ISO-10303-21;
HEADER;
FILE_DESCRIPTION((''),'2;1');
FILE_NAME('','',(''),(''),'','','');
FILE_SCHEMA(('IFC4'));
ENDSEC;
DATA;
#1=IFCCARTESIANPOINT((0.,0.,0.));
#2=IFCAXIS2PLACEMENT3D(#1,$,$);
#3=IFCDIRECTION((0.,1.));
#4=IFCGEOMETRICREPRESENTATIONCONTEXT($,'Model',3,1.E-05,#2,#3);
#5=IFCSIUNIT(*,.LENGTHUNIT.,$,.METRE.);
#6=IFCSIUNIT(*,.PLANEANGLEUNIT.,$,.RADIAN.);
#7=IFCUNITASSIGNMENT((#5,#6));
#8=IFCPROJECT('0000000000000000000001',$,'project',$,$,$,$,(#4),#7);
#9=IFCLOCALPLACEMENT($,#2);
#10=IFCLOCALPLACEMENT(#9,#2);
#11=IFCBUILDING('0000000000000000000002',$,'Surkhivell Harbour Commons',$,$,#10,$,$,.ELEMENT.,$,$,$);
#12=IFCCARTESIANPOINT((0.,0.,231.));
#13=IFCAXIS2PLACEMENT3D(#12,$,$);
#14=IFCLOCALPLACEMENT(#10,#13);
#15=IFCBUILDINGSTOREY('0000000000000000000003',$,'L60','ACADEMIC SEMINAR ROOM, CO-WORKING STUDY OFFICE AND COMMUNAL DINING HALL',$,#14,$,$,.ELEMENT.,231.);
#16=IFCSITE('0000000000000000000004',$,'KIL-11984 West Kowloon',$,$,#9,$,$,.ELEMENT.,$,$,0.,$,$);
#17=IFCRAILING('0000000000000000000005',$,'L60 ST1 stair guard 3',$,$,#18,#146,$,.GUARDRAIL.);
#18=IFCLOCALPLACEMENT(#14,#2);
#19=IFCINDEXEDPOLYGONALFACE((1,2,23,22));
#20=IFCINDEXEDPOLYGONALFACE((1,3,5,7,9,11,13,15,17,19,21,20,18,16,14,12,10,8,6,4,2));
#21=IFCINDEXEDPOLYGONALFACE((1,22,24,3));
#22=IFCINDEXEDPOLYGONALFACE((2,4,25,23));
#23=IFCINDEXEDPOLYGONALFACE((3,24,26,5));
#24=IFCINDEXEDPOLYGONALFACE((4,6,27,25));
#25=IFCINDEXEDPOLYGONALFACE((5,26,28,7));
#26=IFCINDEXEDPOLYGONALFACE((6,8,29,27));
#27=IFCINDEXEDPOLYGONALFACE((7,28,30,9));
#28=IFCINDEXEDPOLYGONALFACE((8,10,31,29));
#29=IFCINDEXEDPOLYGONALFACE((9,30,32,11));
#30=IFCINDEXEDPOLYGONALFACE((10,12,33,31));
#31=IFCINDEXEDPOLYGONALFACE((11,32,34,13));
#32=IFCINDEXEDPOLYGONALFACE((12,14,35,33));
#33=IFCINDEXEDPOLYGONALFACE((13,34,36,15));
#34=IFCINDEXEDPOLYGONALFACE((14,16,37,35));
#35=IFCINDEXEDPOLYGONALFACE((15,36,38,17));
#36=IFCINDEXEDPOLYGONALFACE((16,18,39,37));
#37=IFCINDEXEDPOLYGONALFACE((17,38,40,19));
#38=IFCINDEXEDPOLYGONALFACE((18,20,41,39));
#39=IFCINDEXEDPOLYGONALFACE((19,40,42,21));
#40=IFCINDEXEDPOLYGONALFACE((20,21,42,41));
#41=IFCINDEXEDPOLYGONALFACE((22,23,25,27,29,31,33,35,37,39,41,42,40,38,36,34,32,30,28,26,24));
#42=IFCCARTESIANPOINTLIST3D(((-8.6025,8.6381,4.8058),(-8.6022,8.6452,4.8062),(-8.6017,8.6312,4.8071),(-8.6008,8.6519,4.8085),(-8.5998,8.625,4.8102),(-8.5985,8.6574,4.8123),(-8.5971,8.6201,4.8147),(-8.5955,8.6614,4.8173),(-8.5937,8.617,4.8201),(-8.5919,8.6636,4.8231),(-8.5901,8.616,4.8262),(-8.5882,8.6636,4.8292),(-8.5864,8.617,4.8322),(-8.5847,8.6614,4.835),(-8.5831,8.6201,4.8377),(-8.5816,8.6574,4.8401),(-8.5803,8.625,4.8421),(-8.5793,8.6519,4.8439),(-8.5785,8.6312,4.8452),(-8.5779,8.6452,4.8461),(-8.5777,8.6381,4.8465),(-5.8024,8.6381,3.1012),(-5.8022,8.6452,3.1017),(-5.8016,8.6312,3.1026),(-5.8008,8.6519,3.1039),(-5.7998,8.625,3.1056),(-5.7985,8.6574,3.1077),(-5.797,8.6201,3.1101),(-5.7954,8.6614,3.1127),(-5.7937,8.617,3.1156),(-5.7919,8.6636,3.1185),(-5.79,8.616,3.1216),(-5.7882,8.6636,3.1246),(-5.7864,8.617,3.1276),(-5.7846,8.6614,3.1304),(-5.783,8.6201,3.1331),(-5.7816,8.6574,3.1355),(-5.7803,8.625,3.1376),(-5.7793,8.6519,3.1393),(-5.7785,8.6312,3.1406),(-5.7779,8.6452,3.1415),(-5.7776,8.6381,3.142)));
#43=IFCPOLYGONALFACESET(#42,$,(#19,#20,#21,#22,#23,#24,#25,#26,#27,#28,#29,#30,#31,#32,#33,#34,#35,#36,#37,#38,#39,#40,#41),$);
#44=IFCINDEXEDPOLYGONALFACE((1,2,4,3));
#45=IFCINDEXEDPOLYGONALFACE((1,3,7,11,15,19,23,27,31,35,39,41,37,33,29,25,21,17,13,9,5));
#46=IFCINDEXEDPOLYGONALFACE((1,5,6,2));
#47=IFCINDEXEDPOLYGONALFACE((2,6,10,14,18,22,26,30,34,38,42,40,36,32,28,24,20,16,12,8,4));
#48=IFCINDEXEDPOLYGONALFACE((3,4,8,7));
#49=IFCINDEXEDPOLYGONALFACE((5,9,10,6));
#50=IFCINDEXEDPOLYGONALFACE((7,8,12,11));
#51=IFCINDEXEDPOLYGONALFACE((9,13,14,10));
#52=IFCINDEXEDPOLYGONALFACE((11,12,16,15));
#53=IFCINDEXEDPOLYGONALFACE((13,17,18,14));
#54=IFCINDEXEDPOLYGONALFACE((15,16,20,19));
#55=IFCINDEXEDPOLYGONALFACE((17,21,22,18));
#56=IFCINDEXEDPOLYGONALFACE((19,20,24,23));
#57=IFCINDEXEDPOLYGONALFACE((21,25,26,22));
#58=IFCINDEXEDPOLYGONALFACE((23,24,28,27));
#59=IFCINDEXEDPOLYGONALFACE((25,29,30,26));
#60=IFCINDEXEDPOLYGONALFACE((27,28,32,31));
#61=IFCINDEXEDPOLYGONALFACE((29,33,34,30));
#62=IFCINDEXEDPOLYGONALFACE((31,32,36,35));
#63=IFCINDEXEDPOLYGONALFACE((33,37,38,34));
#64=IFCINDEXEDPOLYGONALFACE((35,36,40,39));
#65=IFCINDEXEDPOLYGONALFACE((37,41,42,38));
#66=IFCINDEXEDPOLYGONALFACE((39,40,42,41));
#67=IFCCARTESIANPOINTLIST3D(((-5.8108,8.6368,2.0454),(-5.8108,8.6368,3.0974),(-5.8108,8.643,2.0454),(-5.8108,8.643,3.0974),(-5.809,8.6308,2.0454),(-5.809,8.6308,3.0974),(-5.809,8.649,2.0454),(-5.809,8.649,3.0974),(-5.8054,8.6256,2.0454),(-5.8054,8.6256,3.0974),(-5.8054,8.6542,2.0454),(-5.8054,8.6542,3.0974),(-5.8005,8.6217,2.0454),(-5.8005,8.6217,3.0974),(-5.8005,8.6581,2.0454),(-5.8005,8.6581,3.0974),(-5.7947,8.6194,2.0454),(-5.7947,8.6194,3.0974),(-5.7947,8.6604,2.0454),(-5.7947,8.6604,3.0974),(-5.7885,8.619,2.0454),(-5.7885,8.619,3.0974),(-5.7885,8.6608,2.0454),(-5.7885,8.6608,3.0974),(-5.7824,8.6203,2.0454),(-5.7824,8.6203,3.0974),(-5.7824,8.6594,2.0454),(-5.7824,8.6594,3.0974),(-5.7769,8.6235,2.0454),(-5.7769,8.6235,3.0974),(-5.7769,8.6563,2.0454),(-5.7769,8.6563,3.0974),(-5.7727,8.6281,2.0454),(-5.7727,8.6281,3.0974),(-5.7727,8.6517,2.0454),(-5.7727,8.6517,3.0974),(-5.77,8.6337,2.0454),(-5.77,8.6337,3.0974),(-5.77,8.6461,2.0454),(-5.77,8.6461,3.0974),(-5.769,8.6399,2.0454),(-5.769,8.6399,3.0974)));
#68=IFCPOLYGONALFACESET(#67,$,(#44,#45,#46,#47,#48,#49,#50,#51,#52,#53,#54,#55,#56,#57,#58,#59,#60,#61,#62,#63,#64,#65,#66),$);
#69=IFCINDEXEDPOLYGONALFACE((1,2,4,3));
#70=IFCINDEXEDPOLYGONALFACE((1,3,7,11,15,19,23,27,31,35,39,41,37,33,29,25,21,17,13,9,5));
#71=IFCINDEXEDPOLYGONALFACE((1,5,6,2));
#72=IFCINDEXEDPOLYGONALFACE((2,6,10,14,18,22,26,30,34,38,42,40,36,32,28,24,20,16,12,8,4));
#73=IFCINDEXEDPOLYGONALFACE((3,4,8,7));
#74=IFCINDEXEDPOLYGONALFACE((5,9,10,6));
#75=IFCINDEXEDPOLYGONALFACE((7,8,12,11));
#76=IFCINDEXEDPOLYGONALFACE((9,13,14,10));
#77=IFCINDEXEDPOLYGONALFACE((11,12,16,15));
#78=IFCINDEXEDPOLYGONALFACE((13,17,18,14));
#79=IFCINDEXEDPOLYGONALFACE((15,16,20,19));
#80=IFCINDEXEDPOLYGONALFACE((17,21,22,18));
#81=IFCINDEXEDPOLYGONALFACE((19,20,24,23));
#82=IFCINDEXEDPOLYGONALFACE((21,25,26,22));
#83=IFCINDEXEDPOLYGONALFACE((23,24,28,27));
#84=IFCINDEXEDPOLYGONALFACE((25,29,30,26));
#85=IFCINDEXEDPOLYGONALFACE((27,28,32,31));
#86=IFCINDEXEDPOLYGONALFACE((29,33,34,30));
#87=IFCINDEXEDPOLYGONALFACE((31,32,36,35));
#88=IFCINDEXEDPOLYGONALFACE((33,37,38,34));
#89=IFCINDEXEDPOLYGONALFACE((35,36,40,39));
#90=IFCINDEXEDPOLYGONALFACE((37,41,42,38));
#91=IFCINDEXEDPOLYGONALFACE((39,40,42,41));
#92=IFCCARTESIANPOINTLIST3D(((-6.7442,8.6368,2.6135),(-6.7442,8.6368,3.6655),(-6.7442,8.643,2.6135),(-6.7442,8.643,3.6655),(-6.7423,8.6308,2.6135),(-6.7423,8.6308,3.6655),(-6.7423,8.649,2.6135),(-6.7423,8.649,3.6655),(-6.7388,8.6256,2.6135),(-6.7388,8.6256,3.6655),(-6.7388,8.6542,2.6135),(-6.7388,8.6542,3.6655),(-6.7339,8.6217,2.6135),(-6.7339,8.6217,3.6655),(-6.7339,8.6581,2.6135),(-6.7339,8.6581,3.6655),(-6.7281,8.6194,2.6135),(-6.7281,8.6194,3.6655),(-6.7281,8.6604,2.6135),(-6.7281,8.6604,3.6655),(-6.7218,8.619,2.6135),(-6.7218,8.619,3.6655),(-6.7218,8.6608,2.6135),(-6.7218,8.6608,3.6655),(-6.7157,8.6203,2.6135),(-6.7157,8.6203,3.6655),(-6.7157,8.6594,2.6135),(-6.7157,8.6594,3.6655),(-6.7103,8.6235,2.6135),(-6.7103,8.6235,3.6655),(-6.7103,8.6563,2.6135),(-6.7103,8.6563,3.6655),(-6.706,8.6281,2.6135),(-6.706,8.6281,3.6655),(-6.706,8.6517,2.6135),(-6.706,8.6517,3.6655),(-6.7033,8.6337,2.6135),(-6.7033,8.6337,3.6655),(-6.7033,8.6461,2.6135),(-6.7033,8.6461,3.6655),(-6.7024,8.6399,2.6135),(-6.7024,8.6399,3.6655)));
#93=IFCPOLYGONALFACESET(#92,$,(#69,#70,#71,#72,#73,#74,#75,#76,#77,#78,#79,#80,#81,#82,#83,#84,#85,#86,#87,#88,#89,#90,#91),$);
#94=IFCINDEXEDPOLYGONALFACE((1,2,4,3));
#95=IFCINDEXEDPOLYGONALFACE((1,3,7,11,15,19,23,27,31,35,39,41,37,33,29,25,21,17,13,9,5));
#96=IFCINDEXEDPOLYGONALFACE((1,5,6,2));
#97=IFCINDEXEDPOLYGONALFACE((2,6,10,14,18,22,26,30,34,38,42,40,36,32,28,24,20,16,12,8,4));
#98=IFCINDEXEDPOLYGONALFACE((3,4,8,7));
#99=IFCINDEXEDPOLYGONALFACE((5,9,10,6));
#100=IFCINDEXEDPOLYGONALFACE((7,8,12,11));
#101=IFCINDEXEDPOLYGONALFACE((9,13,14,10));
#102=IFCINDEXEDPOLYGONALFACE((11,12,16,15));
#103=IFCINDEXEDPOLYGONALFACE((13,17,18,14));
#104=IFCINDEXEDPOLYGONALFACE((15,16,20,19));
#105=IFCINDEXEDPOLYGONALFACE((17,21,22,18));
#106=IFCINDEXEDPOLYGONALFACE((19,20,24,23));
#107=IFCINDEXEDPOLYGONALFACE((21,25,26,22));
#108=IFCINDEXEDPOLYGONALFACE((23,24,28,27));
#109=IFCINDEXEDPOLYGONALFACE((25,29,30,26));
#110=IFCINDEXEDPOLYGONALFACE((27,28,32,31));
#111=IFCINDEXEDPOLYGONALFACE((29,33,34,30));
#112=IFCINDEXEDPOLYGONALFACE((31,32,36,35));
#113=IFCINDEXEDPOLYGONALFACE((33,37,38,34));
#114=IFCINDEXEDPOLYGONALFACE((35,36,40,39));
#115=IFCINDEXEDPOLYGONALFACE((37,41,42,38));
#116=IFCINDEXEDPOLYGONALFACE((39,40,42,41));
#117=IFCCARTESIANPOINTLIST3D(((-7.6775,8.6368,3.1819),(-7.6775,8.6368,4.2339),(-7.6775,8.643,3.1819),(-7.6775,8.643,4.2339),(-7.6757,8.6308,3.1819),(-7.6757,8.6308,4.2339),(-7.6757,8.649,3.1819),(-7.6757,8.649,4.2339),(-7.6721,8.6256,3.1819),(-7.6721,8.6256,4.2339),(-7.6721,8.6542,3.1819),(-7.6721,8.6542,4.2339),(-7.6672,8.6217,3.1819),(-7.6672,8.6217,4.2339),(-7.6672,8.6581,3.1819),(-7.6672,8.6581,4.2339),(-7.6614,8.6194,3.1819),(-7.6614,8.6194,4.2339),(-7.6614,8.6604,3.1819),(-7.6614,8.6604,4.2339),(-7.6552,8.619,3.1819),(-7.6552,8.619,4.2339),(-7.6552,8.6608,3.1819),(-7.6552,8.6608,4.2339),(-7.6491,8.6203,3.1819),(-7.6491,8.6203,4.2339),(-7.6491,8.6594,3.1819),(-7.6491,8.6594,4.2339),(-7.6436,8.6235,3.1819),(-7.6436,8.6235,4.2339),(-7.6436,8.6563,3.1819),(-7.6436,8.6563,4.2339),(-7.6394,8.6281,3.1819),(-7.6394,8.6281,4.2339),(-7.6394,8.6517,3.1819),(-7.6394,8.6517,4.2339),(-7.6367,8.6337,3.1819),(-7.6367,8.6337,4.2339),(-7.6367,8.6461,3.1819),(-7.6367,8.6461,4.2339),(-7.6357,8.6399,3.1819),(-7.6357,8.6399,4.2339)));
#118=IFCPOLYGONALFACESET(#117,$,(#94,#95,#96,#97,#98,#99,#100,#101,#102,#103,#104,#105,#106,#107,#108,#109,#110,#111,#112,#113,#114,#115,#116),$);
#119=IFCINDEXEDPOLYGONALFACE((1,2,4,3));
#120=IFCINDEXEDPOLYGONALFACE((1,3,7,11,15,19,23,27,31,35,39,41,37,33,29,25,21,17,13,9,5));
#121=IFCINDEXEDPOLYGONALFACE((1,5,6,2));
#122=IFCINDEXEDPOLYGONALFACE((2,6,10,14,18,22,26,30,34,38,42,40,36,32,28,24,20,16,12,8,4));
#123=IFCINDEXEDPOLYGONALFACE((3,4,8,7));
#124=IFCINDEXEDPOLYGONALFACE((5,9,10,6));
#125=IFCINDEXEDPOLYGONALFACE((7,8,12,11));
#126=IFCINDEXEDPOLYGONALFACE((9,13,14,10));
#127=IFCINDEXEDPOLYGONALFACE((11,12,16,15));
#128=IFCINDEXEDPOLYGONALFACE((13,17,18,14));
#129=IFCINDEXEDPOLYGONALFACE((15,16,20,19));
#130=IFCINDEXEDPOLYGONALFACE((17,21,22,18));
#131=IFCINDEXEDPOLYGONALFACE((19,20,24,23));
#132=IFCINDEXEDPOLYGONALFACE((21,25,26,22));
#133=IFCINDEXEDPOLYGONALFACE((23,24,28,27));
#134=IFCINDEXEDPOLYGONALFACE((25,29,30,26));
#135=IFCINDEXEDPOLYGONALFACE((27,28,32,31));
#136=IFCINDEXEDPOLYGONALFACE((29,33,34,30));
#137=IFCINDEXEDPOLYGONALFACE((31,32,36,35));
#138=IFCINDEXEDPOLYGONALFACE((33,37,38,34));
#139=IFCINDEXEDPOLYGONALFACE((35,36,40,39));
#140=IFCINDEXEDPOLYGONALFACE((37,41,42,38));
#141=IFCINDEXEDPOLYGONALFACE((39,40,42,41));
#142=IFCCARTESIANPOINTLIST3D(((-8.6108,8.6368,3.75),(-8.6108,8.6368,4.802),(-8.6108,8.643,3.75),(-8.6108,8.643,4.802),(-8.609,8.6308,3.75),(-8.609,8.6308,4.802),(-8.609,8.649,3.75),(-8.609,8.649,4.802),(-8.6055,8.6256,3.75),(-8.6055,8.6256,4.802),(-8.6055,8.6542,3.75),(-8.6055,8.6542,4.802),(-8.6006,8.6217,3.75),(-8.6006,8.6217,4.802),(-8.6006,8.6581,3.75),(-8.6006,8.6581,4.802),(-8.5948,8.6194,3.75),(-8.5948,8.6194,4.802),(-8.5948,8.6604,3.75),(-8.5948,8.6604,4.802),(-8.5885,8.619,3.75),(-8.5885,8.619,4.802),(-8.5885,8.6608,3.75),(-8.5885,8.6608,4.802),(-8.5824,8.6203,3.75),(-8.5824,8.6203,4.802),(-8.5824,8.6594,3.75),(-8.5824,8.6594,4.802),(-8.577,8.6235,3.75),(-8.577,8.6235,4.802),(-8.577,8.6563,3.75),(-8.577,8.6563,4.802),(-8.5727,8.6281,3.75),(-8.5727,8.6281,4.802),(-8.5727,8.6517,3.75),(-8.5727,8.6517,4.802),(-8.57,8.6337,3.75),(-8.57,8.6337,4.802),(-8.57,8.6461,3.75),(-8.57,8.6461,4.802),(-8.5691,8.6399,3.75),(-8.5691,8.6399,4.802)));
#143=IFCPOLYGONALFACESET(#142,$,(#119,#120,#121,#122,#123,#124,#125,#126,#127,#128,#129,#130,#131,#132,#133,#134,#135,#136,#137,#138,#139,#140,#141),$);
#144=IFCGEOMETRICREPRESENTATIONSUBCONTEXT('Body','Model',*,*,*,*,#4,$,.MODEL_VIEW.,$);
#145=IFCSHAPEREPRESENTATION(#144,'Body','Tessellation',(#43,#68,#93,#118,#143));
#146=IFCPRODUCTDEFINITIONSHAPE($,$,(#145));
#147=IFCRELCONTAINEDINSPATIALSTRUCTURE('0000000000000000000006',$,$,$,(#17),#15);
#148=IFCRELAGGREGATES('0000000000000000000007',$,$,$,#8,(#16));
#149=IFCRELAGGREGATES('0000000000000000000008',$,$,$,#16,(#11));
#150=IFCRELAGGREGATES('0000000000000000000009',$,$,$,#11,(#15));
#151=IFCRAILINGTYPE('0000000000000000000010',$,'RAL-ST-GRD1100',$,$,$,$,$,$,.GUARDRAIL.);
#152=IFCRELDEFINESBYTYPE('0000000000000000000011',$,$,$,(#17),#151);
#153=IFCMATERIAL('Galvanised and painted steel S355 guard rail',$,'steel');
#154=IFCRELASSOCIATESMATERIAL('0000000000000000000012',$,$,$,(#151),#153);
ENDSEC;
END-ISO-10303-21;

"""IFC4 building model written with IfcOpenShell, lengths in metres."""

from ifc_helpers import new_model, si_unit, direction, frame, origin, origin_2d, place, context, subcontext, project, spatial, circle, extrude, material, type_object, element, save


model = new_model("IFC4")

# Units and contexts
model_context = context("Model", 3, precision=1e-05, world=origin(), true_north=direction((0.0, 1.0)))
body_context = subcontext(model_context, "Body", "Model", "MODEL_VIEW")
ifc_project = project(units=[si_unit("LENGTHUNIT", "METRE"), si_unit("PLANEANGLEUNIT", "RADIAN")], contexts=[model_context])

# Site, building, storey
site_placement = place(None, origin())
site = spatial("IfcSite", under=ifc_project, at=site_placement, Name="KIL-11984 West Kowloon", CompositionType="ELEMENT", RefElevation=0.0)
building_placement = place(site_placement, origin())
building = spatial("IfcBuilding", under=site, at=building_placement, Name="Surkhivell Harbour Commons", CompositionType="ELEMENT")
storey_placement = place(building_placement, frame((0.0, 0.0, 231.0)))
storey = spatial("IfcBuildingStorey", under=building, at=storey_placement, Name="L60", Description="ACADEMIC SEMINAR ROOM, CO-WORKING STUDY OFFICE AND COMMUNAL DINING HALL", CompositionType="ELEMENT", Elevation=231.0)

# Railing
ifc_material_1 = material(Name="Galvanised and painted steel S355 guard rail", Category="steel")
railing_type_1 = type_object("IfcRailingType", Name="RAL-ST-GRD1100", PredefinedType="GUARDRAIL", material=ifc_material_1)
railing_1_placement = place(storey_placement, frame((-5.79, 8.6399, 2.0454)))
element("IfcRailing", 1, at=railing_1_placement, inside=storey, type_object=railing_type_1, Name="L60 ST1 stair guard 3", PredefinedType="GUARDRAIL", context=body_context, shape_type="SweptSolid", body=[
    extrude(circle(Radius=0.0239, at=origin_2d()), frame((0.0, 0.0, 1.0762), z_axis=(-0.85417, 0.0, 0.519994), x_axis=(0.0, -1.0, 0.0)), (0.0, 0.0, 1.0), 3.2781),
    extrude(circle(Radius=0.021, at=origin_2d()), origin(), (0.0, 0.0, 1.0), 1.052),
    extrude(circle(Radius=0.021, at=origin_2d()), frame((-0.9333, 0.0, 0.5681)), (0.0, 0.0, 1.0), 1.052),
    extrude(circle(Radius=0.021, at=origin_2d()), frame((-1.8667, 0.0, 1.1365)), (0.0, 0.0, 1.0), 1.052),
    extrude(circle(Radius=0.021, at=origin_2d()), frame((-2.8, 0.0, 1.7046)), (0.0, 0.0, 1.0), 1.052),
])

save(model, "model.ifc")
